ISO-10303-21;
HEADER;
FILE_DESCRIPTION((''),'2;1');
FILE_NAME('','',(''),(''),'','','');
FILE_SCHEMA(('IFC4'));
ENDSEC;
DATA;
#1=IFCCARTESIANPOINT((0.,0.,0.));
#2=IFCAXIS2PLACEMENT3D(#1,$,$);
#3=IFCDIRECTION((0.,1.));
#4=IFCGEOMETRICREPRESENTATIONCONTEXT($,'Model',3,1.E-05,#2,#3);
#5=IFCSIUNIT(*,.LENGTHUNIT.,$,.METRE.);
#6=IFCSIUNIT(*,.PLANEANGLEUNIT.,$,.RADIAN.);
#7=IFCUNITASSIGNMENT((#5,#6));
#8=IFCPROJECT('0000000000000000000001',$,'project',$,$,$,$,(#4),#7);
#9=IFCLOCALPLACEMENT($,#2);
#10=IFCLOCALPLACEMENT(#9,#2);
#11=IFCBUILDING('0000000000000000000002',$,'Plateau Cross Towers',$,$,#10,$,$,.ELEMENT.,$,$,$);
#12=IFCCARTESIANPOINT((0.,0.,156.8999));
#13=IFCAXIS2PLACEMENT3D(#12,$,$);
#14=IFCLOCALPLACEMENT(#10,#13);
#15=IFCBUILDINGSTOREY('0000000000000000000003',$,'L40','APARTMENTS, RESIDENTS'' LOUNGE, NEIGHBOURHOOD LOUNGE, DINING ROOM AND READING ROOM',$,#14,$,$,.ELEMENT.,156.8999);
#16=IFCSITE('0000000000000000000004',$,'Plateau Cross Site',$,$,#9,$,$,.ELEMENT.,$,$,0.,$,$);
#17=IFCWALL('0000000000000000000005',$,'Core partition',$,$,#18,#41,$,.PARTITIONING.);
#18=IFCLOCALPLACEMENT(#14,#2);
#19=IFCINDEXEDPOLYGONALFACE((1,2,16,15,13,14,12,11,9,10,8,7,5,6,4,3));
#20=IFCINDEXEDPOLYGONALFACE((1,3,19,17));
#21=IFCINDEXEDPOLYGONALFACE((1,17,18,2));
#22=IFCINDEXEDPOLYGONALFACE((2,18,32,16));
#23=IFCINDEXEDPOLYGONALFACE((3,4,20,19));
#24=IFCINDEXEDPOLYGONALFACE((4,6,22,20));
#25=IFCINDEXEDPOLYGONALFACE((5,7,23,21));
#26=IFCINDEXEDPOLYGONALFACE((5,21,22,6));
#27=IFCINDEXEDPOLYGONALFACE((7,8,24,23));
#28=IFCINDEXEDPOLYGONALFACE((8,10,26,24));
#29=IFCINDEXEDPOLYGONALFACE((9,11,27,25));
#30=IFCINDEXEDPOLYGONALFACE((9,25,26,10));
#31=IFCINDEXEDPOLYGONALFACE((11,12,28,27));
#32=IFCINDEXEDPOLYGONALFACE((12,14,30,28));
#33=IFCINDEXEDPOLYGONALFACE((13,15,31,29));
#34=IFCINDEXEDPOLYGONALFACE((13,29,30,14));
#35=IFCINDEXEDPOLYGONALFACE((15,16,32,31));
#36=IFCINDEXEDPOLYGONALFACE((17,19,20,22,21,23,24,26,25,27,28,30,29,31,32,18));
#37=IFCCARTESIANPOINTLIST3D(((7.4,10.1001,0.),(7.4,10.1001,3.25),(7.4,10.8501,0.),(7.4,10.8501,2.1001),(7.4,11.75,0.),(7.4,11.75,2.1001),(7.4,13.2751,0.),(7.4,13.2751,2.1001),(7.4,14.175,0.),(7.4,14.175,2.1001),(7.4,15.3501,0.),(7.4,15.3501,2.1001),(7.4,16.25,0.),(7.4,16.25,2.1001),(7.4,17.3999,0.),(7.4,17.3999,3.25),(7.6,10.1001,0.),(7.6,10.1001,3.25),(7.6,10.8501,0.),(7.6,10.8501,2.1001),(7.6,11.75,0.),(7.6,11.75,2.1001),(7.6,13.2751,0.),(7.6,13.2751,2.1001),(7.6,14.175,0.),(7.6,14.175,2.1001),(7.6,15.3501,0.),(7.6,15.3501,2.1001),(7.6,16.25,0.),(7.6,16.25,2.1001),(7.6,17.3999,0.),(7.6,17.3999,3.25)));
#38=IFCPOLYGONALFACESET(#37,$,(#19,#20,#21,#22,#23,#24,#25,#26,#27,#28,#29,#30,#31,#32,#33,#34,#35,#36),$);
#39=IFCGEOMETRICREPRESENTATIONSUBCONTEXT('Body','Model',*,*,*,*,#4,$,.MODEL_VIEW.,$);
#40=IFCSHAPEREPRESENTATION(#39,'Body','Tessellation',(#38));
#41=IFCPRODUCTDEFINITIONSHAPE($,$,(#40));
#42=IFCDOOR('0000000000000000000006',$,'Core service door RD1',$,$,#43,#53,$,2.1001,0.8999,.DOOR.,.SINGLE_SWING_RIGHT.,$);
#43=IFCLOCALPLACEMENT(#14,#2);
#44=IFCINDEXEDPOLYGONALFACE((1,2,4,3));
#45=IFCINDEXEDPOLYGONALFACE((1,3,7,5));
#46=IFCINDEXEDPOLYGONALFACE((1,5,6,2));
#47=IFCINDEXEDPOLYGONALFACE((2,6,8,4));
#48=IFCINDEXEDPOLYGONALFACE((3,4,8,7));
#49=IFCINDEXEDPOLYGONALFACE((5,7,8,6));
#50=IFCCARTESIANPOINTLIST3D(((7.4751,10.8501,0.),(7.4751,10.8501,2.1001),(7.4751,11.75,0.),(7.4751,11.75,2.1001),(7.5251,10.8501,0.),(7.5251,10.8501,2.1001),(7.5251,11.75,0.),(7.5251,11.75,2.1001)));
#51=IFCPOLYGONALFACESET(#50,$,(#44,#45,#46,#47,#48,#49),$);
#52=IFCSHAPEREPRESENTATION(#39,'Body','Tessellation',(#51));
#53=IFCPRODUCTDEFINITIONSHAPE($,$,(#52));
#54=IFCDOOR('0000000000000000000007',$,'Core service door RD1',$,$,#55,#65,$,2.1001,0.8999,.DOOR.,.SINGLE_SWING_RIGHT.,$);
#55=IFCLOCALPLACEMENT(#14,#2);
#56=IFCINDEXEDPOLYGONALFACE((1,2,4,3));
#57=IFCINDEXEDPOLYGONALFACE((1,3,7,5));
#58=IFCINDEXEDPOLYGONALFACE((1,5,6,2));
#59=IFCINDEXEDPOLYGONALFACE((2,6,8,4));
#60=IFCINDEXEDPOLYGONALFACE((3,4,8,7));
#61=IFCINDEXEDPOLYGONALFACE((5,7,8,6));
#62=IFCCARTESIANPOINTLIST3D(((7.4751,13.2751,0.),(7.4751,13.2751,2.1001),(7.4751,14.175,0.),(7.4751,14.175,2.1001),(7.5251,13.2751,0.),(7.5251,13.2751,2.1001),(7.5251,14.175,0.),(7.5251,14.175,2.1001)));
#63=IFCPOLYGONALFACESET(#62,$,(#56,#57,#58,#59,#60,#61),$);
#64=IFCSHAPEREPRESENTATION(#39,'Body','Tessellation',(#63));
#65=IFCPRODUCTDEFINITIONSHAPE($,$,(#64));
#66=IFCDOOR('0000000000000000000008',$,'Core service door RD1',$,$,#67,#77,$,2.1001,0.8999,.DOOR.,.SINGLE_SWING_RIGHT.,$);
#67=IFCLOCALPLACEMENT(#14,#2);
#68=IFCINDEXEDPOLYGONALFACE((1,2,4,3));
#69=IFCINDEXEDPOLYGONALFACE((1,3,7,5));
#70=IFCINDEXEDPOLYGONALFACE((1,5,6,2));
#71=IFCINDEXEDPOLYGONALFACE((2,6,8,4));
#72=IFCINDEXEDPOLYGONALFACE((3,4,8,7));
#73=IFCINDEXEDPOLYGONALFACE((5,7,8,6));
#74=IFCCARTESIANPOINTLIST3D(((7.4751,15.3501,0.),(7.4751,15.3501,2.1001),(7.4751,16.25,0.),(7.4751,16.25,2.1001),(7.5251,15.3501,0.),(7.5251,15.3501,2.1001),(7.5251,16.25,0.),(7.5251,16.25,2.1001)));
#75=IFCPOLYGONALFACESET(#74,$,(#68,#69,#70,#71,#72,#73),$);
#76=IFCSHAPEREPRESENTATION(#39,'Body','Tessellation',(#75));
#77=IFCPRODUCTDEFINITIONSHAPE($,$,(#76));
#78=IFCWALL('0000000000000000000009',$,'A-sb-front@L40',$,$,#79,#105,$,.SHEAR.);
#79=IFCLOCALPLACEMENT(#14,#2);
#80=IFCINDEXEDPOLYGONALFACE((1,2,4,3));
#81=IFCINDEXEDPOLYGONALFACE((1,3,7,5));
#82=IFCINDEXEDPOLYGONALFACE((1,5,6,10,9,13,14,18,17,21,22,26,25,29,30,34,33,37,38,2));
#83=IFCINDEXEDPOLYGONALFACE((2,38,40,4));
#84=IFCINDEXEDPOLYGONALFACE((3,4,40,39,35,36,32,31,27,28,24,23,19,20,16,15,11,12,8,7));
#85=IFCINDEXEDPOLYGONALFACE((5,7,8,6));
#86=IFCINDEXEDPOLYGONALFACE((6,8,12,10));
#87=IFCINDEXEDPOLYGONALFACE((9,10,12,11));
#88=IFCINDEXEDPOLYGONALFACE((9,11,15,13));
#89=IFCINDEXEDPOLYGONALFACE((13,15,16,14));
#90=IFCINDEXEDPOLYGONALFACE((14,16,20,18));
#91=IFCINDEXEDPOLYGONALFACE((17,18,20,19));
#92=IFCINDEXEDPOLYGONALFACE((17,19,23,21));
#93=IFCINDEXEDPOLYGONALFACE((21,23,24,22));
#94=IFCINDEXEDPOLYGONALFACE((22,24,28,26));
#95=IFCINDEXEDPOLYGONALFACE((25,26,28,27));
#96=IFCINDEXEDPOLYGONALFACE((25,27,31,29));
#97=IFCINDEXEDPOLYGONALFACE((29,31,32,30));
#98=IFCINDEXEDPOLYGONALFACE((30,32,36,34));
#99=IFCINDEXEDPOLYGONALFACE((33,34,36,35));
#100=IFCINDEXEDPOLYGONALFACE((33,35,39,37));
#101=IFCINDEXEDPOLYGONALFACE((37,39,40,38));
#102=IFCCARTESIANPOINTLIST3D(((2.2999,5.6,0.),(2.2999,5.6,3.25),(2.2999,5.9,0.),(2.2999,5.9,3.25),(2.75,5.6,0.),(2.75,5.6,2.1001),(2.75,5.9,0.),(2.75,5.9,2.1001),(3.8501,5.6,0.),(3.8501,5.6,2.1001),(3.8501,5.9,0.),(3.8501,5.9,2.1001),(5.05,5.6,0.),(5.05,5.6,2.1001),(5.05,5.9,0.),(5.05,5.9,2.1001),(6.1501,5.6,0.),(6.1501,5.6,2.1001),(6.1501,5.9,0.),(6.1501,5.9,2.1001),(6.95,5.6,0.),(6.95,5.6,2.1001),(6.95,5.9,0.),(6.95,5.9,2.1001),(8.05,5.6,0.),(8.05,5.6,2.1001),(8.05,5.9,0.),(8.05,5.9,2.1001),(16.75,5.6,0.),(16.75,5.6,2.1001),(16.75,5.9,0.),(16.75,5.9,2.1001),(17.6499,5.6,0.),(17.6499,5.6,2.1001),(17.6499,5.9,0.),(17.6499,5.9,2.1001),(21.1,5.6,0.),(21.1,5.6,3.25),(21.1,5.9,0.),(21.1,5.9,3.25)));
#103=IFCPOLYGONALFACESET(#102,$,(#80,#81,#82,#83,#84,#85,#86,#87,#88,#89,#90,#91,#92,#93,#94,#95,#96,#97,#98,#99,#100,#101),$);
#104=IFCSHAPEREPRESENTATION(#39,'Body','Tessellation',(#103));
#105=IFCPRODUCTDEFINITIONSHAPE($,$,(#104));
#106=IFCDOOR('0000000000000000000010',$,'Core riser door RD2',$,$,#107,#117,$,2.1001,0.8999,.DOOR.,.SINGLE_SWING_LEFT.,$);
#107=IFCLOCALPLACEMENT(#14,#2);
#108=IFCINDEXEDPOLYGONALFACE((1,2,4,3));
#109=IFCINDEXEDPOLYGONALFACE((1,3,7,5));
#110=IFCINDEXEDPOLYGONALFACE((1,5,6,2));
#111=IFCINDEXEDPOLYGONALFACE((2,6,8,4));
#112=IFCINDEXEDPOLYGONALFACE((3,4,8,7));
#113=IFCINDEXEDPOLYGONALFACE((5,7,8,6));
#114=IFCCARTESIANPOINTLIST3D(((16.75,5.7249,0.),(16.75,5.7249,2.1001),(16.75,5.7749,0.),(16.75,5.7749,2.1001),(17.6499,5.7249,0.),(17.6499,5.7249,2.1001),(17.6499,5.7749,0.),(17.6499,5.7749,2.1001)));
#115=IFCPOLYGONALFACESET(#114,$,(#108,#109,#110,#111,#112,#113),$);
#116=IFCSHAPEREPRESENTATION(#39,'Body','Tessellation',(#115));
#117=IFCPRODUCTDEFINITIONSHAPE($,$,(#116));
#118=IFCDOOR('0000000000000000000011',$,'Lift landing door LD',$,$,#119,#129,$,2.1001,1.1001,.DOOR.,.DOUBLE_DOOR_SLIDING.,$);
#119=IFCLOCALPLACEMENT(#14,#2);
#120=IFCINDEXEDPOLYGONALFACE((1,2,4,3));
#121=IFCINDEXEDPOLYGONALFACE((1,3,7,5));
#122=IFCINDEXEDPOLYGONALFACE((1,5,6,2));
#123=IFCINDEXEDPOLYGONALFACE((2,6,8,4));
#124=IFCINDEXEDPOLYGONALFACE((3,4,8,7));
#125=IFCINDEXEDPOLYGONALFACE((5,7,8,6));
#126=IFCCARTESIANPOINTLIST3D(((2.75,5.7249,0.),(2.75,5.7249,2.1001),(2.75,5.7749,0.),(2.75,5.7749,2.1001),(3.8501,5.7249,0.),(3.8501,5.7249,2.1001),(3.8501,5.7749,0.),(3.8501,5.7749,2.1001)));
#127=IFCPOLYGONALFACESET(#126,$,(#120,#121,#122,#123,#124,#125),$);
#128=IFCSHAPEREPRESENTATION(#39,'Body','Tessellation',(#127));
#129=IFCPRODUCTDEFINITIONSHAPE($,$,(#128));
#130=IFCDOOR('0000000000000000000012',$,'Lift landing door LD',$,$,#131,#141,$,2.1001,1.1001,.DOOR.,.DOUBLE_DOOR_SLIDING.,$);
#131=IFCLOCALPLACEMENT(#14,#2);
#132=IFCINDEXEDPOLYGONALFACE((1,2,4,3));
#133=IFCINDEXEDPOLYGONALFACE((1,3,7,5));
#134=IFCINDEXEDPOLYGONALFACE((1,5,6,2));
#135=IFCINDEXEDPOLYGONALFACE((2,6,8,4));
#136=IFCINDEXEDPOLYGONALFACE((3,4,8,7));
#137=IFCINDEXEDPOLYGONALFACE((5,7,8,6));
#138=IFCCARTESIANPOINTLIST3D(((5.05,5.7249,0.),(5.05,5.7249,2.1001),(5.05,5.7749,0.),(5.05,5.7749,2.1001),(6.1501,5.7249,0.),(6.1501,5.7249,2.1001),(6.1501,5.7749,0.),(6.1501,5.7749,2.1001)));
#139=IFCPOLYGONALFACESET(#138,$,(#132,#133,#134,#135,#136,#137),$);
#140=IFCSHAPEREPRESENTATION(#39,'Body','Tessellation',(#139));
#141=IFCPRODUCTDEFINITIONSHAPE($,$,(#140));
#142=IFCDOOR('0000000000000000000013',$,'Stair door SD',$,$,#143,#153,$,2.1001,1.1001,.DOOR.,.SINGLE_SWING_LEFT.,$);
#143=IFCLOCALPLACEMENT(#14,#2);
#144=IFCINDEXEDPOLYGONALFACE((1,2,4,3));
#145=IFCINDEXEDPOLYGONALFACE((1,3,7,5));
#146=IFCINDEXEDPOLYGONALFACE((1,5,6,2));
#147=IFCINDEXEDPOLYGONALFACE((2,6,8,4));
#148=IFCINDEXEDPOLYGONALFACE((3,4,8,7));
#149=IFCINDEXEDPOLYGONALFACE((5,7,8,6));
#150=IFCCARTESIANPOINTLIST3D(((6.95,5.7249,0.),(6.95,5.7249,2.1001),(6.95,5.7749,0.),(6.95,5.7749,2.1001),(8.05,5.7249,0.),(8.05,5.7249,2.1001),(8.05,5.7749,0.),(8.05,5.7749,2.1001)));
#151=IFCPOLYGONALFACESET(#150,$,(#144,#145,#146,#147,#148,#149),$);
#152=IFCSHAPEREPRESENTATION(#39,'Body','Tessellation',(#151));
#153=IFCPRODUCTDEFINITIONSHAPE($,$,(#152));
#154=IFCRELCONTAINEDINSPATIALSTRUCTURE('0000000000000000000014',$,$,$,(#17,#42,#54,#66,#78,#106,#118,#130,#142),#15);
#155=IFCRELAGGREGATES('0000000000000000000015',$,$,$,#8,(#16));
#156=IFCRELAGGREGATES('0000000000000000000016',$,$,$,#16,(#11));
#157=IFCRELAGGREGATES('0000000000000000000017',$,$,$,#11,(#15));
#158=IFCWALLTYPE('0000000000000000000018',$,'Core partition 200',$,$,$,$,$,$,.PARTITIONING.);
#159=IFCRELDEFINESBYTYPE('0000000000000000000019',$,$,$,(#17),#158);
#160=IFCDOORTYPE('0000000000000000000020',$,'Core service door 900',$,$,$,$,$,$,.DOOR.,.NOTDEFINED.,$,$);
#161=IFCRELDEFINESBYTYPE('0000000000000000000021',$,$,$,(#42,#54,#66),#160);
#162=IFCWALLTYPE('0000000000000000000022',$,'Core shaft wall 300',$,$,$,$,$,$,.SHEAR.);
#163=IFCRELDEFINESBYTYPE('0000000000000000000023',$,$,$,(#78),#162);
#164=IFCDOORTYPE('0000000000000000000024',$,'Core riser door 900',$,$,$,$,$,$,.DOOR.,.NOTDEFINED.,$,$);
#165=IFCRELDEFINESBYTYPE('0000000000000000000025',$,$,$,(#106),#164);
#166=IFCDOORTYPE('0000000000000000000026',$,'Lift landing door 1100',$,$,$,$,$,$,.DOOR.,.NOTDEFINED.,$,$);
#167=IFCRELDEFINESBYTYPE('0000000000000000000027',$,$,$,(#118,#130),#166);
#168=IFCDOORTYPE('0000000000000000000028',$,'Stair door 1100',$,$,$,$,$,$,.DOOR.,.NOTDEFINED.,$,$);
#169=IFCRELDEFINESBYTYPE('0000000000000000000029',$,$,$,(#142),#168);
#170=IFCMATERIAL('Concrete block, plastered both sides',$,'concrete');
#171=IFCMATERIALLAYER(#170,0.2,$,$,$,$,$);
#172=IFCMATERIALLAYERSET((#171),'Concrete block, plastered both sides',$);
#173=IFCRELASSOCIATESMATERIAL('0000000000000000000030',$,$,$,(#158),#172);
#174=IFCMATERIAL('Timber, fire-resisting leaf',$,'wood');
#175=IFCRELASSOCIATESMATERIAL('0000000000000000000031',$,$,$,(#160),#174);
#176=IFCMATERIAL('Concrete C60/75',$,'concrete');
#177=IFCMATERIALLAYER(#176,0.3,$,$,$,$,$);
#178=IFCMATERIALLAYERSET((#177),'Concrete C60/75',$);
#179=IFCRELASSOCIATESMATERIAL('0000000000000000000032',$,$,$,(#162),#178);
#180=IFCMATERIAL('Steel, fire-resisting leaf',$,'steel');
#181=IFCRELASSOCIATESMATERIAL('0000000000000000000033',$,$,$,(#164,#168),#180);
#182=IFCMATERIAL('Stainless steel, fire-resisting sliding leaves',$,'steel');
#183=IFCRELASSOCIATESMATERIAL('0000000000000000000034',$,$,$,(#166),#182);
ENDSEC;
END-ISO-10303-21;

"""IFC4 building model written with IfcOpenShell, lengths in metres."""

from ifc_helpers import new_model, si_unit, direction, frame, frame_2d, origin, place, context, subcontext, project, spatial, rectangle, extrude, material, layer, layer_set, type_object, element, fill, save


model = new_model("IFC4")

# Units and contexts
model_context = context("Model", 3, precision=1e-05, world=origin(), true_north=direction((0.0, 1.0)))
body_context = subcontext(model_context, "Body", "Model", "MODEL_VIEW")
ifc_project = project(units=[si_unit("LENGTHUNIT", "METRE"), si_unit("PLANEANGLEUNIT", "RADIAN")], contexts=[model_context])

# Site, building, storey
site_placement = place(None, origin())
site = spatial("IfcSite", under=ifc_project, at=site_placement, Name="Plateau Cross Site", CompositionType="ELEMENT", RefElevation=0.0)
building_placement = place(site_placement, origin())
building = spatial("IfcBuilding", under=site, at=building_placement, Name="Plateau Cross Towers", CompositionType="ELEMENT")
storey_placement = place(building_placement, frame((0.0, 0.0, 156.8999)))
storey = spatial("IfcBuildingStorey", under=building, at=storey_placement, Name="L40", Description="APARTMENTS, RESIDENTS' LOUNGE, NEIGHBOURHOOD LOUNGE, DINING ROOM AND READING ROOM", CompositionType="ELEMENT", Elevation=156.8999)

# Shared definitions
ifc_material_1 = material(Name="Concrete block, plastered both sides", Category="concrete")
ifc_layer_1 = layer(ifc_material_1, 0.2)
ifc_layer_set_1 = layer_set([ifc_layer_1], Name="Concrete block, plastered both sides")
wall_type_1 = type_object("IfcWallType", Name="Core partition 200", PredefinedType="PARTITIONING", material=ifc_layer_set_1)
ifc_material_2 = material(Name="Steel, fire-resisting leaf", Category="steel")

# Shared definitions
ifc_material_3 = material(Name="Timber, fire-resisting leaf", Category="wood")
door_type_1 = type_object("IfcDoorType", Name="Core service door 900", OperationType="NOTDEFINED", PredefinedType="DOOR", material=ifc_material_3)

# Walls, openings, doors
wall_1_placement = place(storey_placement, frame((7.5, 10.1001, 0.0), z_axis=(0.0, 0.0, 1.0), x_axis=(0.0, 1.0, 0.0)))
wall_1 = element("IfcWall", 1, at=wall_1_placement, inside=storey, type_object=wall_type_1, Name="Core partition", PredefinedType="PARTITIONING", context=body_context, shape_type="SweptSolid", body=[
    extrude(rectangle(XDim=7.2998, YDim=0.2, at=frame_2d((3.6499, 0.0))), origin(), (0.0, 0.0, 1.0), 3.25),
])
opening_1_placement = place(wall_1_placement, frame((0.75, 0.0, 0.0)))
opening_1 = element("IfcOpeningElement", 2, at=opening_1_placement, cuts=wall_1, PredefinedType="OPENING", context=body_context, shape_type="SweptSolid", body=[
    extrude(rectangle(XDim=0.8999, YDim=2.1001, at=frame_2d((0.45, 1.05))), frame((0.0, 0.1099, 0.0), z_axis=(0.0, -1.0, 0.0), x_axis=(1.0, 0.0, 0.0)), (0.0, 0.0, 1.0), 0.22),
])
opening_2_placement = place(wall_1_placement, frame((3.175, 0.0, 0.0)))
opening_2 = element("IfcOpeningElement", 3, at=opening_2_placement, cuts=wall_1, PredefinedType="OPENING", context=body_context, shape_type="SweptSolid", body=[
    extrude(rectangle(XDim=0.8999, YDim=2.1001, at=frame_2d((0.45, 1.05))), frame((0.0, 0.1099, 0.0), z_axis=(0.0, -1.0, 0.0), x_axis=(1.0, 0.0, 0.0)), (0.0, 0.0, 1.0), 0.22),
])
opening_3_placement = place(wall_1_placement, frame((5.25, 0.0, 0.0)))
opening_3 = element("IfcOpeningElement", 4, at=opening_3_placement, cuts=wall_1, PredefinedType="OPENING", context=body_context, shape_type="SweptSolid", body=[
    extrude(rectangle(XDim=0.8999, YDim=2.1001, at=frame_2d((0.45, 1.05))), frame((0.0, 0.1099, 0.0), z_axis=(0.0, -1.0, 0.0), x_axis=(1.0, 0.0, 0.0)), (0.0, 0.0, 1.0), 0.22),
])
door_1_placement = place(opening_1_placement, origin())
door_1 = element("IfcDoor", 5, at=door_1_placement, inside=storey, type_object=door_type_1, Name="Core service door RD1", OperationType="SINGLE_SWING_RIGHT", OverallHeight=2.1001, OverallWidth=0.8999, PredefinedType="DOOR", context=body_context, shape_type="SweptSolid", body=[
    extrude(rectangle(XDim=0.8999, YDim=2.1001, at=frame_2d((0.45, 1.05))), frame((0.0, 0.0249, 0.0), z_axis=(0.0, -1.0, 0.0), x_axis=(1.0, 0.0, 0.0)), (0.0, 0.0, 1.0), 0.05),
])
fill(opening_1, door_1)
door_2_placement = place(opening_2_placement, origin())
door_2 = element("IfcDoor", 6, at=door_2_placement, inside=storey, type_object=door_type_1, Name="Core service door RD1", OperationType="SINGLE_SWING_RIGHT", OverallHeight=2.1001, OverallWidth=0.8999, PredefinedType="DOOR", context=body_context, shape_type="SweptSolid", body=[
    extrude(rectangle(XDim=0.8999, YDim=2.1001, at=frame_2d((0.45, 1.05))), frame((0.0, 0.0249, 0.0), z_axis=(0.0, -1.0, 0.0), x_axis=(1.0, 0.0, 0.0)), (0.0, 0.0, 1.0), 0.05),
])
fill(opening_2, door_2)
door_3_placement = place(opening_3_placement, origin())
door_3 = element("IfcDoor", 7, at=door_3_placement, inside=storey, type_object=door_type_1, Name="Core service door RD1", OperationType="SINGLE_SWING_RIGHT", OverallHeight=2.1001, OverallWidth=0.8999, PredefinedType="DOOR", context=body_context, shape_type="SweptSolid", body=[
    extrude(rectangle(XDim=0.8999, YDim=2.1001, at=frame_2d((0.45, 1.05))), frame((0.0, 0.0249, 0.0), z_axis=(0.0, -1.0, 0.0), x_axis=(1.0, 0.0, 0.0)), (0.0, 0.0, 1.0), 0.05),
])
fill(opening_3, door_3)
ifc_material_4 = material(Name="Concrete C60/75", Category="concrete")
ifc_layer_2 = layer(ifc_material_4, 0.3)
ifc_layer_set_2 = layer_set([ifc_layer_2], Name="Concrete C60/75")
wall_type_2 = type_object("IfcWallType", Name="Core shaft wall 300", PredefinedType="SHEAR", material=ifc_layer_set_2)
wall_2_placement = place(storey_placement, frame((2.3, 5.75, 0.0), z_axis=(0.0, 0.0, 1.0), x_axis=(1.0, 0.0, 0.0)))
wall_2 = element("IfcWall", 8, at=wall_2_placement, inside=storey, type_object=wall_type_2, Name="A-sb-front@L40", PredefinedType="SHEAR", context=body_context, shape_type="SweptSolid", body=[
    extrude(rectangle(XDim=18.8, YDim=0.3, at=frame_2d((9.3999, 0.0))), origin(), (0.0, 0.0, 1.0), 3.25),
])
opening_4_placement = place(wall_2_placement, frame((4.6499, 0.0, 0.0)))
opening_4 = element("IfcOpeningElement", 9, at=opening_4_placement, cuts=wall_2, PredefinedType="OPENING", context=body_context, shape_type="SweptSolid", body=[
    extrude(rectangle(XDim=1.1001, YDim=2.1001, at=frame_2d((0.55, 1.05))), frame((0.0, 0.1599, 0.0), z_axis=(0.0, -1.0, 0.0), x_axis=(1.0, 0.0, 0.0)), (0.0, 0.0, 1.0), 0.3201),
])
opening_5_placement = place(wall_2_placement, frame((0.45, 0.0, 0.0)))
opening_5 = element("IfcOpeningElement", 10, at=opening_5_placement, cuts=wall_2, PredefinedType="OPENING", context=body_context, shape_type="SweptSolid", body=[
    extrude(rectangle(XDim=1.1001, YDim=2.1001, at=frame_2d((0.55, 1.05))), frame((0.0, 0.1599, 0.0), z_axis=(0.0, -1.0, 0.0), x_axis=(1.0, 0.0, 0.0)), (0.0, 0.0, 1.0), 0.3201),
])
opening_6_placement = place(wall_2_placement, frame((2.75, 0.0, 0.0)))
opening_6 = element("IfcOpeningElement", 11, at=opening_6_placement, cuts=wall_2, PredefinedType="OPENING", context=body_context, shape_type="SweptSolid", body=[
    extrude(rectangle(XDim=1.1001, YDim=2.1001, at=frame_2d((0.55, 1.05))), frame((0.0, 0.1599, 0.0), z_axis=(0.0, -1.0, 0.0), x_axis=(1.0, 0.0, 0.0)), (0.0, 0.0, 1.0), 0.3201),
])
opening_7_placement = place(wall_2_placement, frame((14.45, 0.0, 0.0)))
opening_7 = element("IfcOpeningElement", 12, at=opening_7_placement, cuts=wall_2, PredefinedType="OPENING", context=body_context, shape_type="SweptSolid", body=[
    extrude(rectangle(XDim=0.8999, YDim=2.1001, at=frame_2d((0.45, 1.05))), frame((0.0, 0.1599, 0.0), z_axis=(0.0, -1.0, 0.0), x_axis=(1.0, 0.0, 0.0)), (0.0, 0.0, 1.0), 0.3201),
])
door_type_2 = type_object("IfcDoorType", Name="Core riser door 900", OperationType="NOTDEFINED", PredefinedType="DOOR", material=ifc_material_2)
door_4_placement = place(opening_7_placement, origin())
door_4 = element("IfcDoor", 13, at=door_4_placement, inside=storey, type_object=door_type_2, Name="Core riser door RD2", OperationType="SINGLE_SWING_LEFT", OverallHeight=2.1001, OverallWidth=0.8999, PredefinedType="DOOR", context=body_context, shape_type="SweptSolid", body=[
    extrude(rectangle(XDim=0.8999, YDim=2.1001, at=frame_2d((0.45, 1.05))), frame((0.0, 0.0249, 0.0), z_axis=(0.0, -1.0, 0.0), x_axis=(1.0, 0.0, 0.0)), (0.0, 0.0, 1.0), 0.05),
])
fill(opening_7, door_4)
ifc_material_5 = material(Name="Stainless steel, fire-resisting sliding leaves", Category="steel")
door_type_3 = type_object("IfcDoorType", Name="Lift landing door 1100", OperationType="NOTDEFINED", PredefinedType="DOOR", material=ifc_material_5)
door_5_placement = place(opening_5_placement, origin())
door_5 = element("IfcDoor", 14, at=door_5_placement, inside=storey, type_object=door_type_3, Name="Lift landing door LD", OperationType="DOUBLE_DOOR_SLIDING", OverallHeight=2.1001, OverallWidth=1.1001, PredefinedType="DOOR", context=body_context, shape_type="SweptSolid", body=[
    extrude(rectangle(XDim=1.1001, YDim=2.1001, at=frame_2d((0.55, 1.05))), frame((0.0, 0.0249, 0.0), z_axis=(0.0, -1.0, 0.0), x_axis=(1.0, 0.0, 0.0)), (0.0, 0.0, 1.0), 0.05),
])
fill(opening_5, door_5)
door_6_placement = place(opening_6_placement, origin())
door_6 = element("IfcDoor", 15, at=door_6_placement, inside=storey, type_object=door_type_3, Name="Lift landing door LD", OperationType="DOUBLE_DOOR_SLIDING", OverallHeight=2.1001, OverallWidth=1.1001, PredefinedType="DOOR", context=body_context, shape_type="SweptSolid", body=[
    extrude(rectangle(XDim=1.1001, YDim=2.1001, at=frame_2d((0.55, 1.05))), frame((0.0, 0.0249, 0.0), z_axis=(0.0, -1.0, 0.0), x_axis=(1.0, 0.0, 0.0)), (0.0, 0.0, 1.0), 0.05),
])
fill(opening_6, door_6)
door_type_4 = type_object("IfcDoorType", Name="Stair door 1100", OperationType="NOTDEFINED", PredefinedType="DOOR", material=ifc_material_2)
door_7_placement = place(opening_4_placement, origin())
door_7 = element("IfcDoor", 16, at=door_7_placement, inside=storey, type_object=door_type_4, Name="Stair door SD", OperationType="SINGLE_SWING_LEFT", OverallHeight=2.1001, OverallWidth=1.1001, PredefinedType="DOOR", context=body_context, shape_type="SweptSolid", body=[
    extrude(rectangle(XDim=1.1001, YDim=2.1001, at=frame_2d((0.55, 1.05))), frame((0.0, 0.0249, 0.0), z_axis=(0.0, -1.0, 0.0), x_axis=(1.0, 0.0, 0.0)), (0.0, 0.0, 1.0), 0.05),
])
fill(opening_4, door_7)

save(model, "model.ifc")
